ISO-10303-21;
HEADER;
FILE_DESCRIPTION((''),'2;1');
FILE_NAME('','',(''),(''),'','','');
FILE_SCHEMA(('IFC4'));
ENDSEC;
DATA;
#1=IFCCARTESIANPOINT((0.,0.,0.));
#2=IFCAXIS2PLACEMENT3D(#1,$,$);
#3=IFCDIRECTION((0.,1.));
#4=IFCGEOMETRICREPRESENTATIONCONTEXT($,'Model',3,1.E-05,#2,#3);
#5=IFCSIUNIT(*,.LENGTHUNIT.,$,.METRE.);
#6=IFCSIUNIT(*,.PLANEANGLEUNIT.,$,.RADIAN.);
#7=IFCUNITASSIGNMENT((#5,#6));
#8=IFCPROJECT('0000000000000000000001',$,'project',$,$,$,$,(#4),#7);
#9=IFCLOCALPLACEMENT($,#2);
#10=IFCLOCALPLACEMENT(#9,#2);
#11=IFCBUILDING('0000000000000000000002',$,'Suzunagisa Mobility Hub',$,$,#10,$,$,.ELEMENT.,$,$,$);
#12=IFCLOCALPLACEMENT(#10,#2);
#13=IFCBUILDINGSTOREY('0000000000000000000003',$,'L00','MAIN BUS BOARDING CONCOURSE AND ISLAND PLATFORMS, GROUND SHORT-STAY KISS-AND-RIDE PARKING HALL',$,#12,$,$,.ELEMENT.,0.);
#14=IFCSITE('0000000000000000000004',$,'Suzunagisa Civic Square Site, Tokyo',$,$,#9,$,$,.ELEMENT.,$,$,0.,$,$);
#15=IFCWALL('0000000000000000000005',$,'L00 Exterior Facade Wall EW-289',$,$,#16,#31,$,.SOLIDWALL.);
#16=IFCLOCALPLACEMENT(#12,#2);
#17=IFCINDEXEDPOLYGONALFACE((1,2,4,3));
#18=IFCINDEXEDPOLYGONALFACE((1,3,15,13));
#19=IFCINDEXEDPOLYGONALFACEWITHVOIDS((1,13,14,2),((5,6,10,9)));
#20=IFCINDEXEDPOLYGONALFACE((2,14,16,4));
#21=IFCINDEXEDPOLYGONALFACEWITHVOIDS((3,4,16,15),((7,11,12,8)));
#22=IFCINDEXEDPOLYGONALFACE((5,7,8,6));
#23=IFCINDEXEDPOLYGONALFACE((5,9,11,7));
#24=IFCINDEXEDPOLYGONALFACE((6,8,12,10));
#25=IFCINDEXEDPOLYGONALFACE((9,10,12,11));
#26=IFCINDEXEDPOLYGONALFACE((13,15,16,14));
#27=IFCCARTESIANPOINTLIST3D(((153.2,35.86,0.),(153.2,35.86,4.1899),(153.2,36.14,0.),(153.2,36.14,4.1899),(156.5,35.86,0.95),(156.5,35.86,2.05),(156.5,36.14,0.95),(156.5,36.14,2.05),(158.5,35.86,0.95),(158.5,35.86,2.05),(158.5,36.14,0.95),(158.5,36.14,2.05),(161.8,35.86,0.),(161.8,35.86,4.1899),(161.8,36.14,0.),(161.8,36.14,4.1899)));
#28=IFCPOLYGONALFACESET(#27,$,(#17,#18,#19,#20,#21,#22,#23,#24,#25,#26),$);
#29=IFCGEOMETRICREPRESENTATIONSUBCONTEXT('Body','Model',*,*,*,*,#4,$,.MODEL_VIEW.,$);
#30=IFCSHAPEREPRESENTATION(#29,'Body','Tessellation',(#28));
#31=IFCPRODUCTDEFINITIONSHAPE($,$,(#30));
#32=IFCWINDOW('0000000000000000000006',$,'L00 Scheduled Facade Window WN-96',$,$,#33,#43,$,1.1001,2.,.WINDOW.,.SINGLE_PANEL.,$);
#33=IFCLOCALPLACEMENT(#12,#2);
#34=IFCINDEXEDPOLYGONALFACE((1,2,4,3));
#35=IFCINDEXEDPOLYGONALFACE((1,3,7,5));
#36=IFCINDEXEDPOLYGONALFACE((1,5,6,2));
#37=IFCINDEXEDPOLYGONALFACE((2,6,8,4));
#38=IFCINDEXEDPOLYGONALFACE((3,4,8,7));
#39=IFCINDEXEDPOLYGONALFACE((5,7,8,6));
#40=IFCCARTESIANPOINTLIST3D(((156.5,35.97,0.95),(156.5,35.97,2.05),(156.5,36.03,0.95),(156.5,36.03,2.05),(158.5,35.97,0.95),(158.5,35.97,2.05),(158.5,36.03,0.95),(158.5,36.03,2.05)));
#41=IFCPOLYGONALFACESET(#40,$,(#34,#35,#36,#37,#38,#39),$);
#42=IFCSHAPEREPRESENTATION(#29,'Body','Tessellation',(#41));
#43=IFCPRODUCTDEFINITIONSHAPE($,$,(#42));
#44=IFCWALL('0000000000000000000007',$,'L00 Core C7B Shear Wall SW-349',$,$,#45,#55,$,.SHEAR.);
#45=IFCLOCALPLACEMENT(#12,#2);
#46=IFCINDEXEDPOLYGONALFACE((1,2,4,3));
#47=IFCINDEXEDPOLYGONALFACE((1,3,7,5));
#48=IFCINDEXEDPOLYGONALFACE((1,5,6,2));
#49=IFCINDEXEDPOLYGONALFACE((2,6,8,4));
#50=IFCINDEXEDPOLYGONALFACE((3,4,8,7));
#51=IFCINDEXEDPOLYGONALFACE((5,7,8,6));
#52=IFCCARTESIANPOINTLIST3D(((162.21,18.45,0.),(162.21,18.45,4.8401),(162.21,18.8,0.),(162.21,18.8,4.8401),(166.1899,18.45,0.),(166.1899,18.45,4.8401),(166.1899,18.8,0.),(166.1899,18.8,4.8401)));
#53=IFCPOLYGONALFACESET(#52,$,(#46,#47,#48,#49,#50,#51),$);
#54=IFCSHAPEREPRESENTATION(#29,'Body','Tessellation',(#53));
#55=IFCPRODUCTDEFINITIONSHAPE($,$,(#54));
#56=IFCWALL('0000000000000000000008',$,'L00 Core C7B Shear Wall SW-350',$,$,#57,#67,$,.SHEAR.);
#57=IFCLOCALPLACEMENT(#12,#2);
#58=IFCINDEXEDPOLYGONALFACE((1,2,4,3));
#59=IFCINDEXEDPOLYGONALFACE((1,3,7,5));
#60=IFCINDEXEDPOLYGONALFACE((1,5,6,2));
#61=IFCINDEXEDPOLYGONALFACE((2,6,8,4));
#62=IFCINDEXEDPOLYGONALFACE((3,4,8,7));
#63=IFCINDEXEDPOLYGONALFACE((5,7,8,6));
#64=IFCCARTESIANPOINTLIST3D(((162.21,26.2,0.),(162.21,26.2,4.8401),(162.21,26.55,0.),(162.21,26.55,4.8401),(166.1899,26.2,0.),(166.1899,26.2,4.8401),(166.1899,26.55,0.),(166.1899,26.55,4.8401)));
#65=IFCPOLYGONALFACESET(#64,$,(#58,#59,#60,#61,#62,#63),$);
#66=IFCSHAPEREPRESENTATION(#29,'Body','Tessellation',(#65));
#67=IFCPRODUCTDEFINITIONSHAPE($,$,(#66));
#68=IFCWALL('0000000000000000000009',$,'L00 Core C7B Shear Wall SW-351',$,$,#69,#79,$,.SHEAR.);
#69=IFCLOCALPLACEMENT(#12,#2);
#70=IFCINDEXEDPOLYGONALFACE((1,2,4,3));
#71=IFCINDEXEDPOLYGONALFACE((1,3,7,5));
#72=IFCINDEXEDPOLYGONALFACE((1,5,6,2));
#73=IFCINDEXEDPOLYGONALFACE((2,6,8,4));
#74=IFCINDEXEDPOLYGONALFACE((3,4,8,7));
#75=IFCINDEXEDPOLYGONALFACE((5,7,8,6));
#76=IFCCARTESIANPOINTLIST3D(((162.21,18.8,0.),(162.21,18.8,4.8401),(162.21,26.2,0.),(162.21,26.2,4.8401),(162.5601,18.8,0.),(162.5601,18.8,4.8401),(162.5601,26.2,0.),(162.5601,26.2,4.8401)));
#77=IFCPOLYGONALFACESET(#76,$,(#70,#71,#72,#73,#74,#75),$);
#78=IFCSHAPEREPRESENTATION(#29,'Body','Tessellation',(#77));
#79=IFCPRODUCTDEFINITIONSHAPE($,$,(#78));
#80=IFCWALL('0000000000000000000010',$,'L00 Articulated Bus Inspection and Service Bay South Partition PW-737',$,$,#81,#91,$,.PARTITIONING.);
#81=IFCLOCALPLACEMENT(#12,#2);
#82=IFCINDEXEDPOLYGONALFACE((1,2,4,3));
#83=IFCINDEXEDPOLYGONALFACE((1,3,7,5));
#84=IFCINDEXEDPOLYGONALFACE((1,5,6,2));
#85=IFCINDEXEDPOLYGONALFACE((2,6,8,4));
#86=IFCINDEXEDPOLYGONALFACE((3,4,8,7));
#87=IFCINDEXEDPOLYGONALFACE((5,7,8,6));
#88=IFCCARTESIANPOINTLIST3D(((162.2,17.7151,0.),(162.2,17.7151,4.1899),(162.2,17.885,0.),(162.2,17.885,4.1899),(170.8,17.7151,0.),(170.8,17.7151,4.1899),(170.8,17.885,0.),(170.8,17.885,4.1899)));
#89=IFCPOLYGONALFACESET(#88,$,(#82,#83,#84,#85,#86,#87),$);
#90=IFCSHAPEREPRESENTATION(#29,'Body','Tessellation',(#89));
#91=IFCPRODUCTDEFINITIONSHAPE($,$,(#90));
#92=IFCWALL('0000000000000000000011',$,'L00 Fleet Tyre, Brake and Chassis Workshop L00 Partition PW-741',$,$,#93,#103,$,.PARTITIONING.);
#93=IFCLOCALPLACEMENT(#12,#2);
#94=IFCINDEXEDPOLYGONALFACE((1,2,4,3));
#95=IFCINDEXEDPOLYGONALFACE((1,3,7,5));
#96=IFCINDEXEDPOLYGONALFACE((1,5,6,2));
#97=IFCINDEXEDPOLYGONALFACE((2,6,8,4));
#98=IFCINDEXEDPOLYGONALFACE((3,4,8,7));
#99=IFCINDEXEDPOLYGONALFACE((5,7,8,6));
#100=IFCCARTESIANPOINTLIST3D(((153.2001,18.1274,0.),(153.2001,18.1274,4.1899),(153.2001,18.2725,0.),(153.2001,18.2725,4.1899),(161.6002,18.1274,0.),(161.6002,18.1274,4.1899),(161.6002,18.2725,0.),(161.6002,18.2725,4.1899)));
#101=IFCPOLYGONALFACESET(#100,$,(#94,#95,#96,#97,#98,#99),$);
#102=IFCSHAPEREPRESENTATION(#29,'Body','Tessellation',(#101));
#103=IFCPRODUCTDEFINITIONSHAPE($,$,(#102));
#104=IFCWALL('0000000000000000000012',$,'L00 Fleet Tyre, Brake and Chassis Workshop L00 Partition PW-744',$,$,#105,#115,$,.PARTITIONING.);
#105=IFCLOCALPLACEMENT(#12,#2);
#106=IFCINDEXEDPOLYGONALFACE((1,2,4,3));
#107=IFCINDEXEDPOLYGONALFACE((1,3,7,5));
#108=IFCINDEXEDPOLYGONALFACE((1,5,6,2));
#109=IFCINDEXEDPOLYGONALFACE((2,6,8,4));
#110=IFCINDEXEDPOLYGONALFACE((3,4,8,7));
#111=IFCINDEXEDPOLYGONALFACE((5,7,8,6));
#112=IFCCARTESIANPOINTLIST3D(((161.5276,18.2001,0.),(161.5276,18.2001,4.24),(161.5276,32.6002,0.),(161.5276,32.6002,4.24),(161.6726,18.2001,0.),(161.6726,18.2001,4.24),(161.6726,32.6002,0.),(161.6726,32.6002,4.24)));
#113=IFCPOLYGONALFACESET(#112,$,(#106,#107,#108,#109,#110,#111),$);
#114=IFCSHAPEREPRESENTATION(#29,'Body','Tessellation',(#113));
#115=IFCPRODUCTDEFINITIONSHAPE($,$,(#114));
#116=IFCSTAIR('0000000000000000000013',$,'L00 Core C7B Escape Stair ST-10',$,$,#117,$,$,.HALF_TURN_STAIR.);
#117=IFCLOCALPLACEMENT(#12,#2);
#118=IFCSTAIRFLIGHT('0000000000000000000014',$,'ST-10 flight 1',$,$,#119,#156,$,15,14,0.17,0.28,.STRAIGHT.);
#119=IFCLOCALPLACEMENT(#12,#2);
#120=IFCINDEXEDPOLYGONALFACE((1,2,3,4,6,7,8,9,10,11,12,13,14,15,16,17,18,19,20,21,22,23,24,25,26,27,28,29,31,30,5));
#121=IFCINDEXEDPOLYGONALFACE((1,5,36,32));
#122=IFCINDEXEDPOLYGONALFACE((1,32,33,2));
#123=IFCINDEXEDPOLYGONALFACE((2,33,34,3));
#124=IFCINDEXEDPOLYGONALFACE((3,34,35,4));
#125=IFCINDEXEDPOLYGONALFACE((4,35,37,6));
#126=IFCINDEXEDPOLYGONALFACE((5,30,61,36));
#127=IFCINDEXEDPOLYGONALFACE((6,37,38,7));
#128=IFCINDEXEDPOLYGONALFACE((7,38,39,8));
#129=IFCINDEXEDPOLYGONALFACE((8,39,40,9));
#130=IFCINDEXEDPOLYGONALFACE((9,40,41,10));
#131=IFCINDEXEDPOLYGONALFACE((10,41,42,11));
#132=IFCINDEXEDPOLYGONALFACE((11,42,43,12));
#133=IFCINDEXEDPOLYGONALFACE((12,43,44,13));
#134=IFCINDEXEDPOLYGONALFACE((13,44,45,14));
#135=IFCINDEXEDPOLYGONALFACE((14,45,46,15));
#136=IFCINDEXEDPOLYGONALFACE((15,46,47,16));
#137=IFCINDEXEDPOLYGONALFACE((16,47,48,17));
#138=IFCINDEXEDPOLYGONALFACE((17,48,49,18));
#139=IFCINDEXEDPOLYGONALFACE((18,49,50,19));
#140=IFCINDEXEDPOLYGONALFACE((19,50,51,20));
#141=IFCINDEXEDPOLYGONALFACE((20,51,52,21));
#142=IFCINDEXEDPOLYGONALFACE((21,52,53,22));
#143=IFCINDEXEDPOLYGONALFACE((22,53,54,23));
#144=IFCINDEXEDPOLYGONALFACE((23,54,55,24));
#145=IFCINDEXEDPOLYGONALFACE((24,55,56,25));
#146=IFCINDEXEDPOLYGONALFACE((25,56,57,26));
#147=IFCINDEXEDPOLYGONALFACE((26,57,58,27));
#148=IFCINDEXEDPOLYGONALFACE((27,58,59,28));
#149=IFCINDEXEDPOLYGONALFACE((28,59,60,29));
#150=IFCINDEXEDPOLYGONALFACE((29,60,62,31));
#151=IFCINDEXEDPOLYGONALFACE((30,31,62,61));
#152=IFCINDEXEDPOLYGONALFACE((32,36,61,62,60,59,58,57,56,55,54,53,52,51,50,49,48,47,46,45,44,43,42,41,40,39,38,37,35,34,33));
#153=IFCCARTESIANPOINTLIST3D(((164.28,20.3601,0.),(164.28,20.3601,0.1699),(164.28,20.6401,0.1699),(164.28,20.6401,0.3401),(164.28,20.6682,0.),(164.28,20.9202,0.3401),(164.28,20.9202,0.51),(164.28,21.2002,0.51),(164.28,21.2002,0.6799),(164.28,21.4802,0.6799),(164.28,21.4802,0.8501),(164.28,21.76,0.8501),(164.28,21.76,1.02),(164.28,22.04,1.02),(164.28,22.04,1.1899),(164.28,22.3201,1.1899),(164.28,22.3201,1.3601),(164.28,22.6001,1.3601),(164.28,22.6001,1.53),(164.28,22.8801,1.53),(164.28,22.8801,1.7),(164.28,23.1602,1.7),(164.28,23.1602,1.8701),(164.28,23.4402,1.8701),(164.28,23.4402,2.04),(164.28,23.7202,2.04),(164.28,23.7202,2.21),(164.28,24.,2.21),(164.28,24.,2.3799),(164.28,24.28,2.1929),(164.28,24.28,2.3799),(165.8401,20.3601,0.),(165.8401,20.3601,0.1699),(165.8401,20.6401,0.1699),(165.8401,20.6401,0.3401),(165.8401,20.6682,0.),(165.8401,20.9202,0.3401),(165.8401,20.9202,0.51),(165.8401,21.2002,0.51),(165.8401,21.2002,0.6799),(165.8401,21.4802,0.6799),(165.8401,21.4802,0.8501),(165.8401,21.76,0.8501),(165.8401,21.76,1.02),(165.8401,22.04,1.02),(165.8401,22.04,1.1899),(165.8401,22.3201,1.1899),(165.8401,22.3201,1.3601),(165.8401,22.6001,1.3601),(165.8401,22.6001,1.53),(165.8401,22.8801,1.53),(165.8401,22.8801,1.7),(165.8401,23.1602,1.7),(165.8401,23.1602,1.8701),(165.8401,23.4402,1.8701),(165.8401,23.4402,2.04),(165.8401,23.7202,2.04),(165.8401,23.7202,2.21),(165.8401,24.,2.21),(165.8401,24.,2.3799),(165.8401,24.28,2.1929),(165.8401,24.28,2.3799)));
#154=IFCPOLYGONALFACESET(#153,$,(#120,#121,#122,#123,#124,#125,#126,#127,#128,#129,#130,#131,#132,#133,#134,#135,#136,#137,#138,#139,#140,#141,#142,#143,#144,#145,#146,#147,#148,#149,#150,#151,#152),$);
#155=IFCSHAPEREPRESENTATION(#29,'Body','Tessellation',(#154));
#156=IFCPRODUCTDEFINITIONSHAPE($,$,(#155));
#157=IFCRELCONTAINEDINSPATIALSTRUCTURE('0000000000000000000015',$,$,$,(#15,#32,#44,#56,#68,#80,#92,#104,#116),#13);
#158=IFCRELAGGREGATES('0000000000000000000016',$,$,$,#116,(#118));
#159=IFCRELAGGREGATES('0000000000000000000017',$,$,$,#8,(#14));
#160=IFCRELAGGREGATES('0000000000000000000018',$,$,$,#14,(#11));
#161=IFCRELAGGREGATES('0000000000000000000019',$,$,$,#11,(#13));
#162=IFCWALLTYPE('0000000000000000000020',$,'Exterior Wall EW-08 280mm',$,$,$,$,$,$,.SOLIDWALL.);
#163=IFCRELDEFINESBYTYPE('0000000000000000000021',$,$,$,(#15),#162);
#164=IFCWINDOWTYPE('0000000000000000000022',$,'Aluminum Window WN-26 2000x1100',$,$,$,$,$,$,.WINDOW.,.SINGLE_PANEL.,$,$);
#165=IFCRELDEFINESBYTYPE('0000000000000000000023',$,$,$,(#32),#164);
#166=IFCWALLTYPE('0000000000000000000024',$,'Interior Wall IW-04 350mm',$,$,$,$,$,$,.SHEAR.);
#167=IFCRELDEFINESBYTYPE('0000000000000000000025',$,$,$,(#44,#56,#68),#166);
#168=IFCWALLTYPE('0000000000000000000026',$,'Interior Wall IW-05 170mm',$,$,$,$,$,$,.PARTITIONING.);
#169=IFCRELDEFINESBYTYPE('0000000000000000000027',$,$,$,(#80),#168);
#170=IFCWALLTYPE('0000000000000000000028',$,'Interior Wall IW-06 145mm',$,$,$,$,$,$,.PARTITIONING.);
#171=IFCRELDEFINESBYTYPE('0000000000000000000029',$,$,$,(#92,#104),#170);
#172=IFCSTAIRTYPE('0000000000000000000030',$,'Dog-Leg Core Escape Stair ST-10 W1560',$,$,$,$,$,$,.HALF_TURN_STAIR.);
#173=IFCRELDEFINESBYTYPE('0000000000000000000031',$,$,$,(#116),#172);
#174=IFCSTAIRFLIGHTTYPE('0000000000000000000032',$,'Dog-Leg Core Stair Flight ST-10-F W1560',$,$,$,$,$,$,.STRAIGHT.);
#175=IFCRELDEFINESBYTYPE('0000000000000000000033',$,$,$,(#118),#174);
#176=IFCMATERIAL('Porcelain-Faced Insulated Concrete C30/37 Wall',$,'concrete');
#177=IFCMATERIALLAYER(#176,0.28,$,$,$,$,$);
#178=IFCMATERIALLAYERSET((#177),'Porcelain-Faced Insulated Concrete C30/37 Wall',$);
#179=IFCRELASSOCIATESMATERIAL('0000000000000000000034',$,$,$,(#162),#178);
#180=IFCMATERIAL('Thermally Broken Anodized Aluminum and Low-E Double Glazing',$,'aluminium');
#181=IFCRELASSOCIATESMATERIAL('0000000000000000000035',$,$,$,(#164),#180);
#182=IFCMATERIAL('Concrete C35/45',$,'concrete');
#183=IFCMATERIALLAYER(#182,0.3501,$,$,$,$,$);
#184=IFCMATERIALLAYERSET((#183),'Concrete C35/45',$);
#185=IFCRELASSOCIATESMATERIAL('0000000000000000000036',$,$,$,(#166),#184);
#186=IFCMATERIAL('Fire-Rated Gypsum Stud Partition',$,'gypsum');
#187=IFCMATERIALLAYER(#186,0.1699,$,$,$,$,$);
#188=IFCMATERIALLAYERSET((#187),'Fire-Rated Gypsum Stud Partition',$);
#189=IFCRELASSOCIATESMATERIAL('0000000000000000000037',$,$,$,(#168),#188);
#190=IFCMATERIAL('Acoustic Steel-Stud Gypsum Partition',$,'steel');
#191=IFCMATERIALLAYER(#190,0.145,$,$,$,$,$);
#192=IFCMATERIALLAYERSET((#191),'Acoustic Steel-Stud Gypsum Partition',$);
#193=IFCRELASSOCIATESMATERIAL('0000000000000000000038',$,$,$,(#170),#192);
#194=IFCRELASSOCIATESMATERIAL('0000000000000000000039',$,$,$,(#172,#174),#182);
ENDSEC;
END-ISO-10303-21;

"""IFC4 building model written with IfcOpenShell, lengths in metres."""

from ifc_helpers import new_model, si_unit, direction, frame, frame_2d, origin, place, context, subcontext, project, spatial, polyline, rectangle, outline, extrude, material, layer, layer_set, type_object, element, fill, aggregate, save


model = new_model("IFC4")

# Units and contexts
model_context = context("Model", 3, precision=1e-05, world=origin(), true_north=direction((0.0, 1.0)))
body_context = subcontext(model_context, "Body", "Model", "MODEL_VIEW")
ifc_project = project(units=[si_unit("LENGTHUNIT", "METRE"), si_unit("PLANEANGLEUNIT", "RADIAN")], contexts=[model_context])

# Site, building, storey
site_placement = place(None, origin())
site = spatial("IfcSite", under=ifc_project, at=site_placement, Name="Suzunagisa Civic Square Site, Tokyo", CompositionType="ELEMENT", RefElevation=0.0)
building_placement = place(site_placement, origin())
building = spatial("IfcBuilding", under=site, at=building_placement, Name="Suzunagisa Mobility Hub", CompositionType="ELEMENT")
storey_placement = place(building_placement, origin())
storey = spatial("IfcBuildingStorey", under=building, at=storey_placement, Name="L00", Description="MAIN BUS BOARDING CONCOURSE AND ISLAND PLATFORMS, GROUND SHORT-STAY KISS-AND-RIDE PARKING HALL", CompositionType="ELEMENT", Elevation=0.0)

# Wall, opening, window
ifc_material_1 = material(Name="Porcelain-Faced Insulated Concrete C30/37 Wall", Category="concrete")
ifc_layer_1 = layer(ifc_material_1, 0.28)
ifc_layer_set_1 = layer_set([ifc_layer_1], Name="Porcelain-Faced Insulated Concrete C30/37 Wall")
wall_type_1 = type_object("IfcWallType", Name="Exterior Wall EW-08 280mm", PredefinedType="SOLIDWALL", material=ifc_layer_set_1)
wall_1_placement = place(storey_placement, frame((161.8, 36.0, 0.0), z_axis=(0.0, 0.0, 1.0), x_axis=(-1.0, 0.0, 0.0)))
wall_1 = element("IfcWall", 1, at=wall_1_placement, inside=storey, type_object=wall_type_1, Name="L00 Exterior Facade Wall EW-289", PredefinedType="SOLIDWALL", context=body_context, shape_type="SweptSolid", body=[
    extrude(rectangle(XDim=8.6001, YDim=0.28, at=frame_2d((4.3, 0.0))), origin(), (0.0, 0.0, 1.0), 4.1899),
])
opening_1_placement = place(wall_1_placement, frame((3.3, 0.0, 0.95)))
opening_1 = element("IfcOpeningElement", 2, at=opening_1_placement, cuts=wall_1, PredefinedType="OPENING", context=body_context, shape_type="SweptSolid", body=[
    extrude(rectangle(XDim=2.0, YDim=1.1001, at=frame_2d((1.0, 0.55))), frame((0.0, 0.1509, 0.0), z_axis=(0.0, -1.0, 0.0), x_axis=(1.0, 0.0, 0.0)), (0.0, 0.0, 1.0), 0.302),
])
ifc_material_2 = material(Name="Thermally Broken Anodized Aluminum and Low-E Double Glazing", Category="aluminium")
window_type = type_object("IfcWindowType", Name="Aluminum Window WN-26 2000x1100", PartitioningType="SINGLE_PANEL", PredefinedType="WINDOW", material=ifc_material_2)
window_placement = place(opening_1_placement, origin())
window = element("IfcWindow", 3, at=window_placement, inside=storey, type_object=window_type, Name="L00 Scheduled Facade Window WN-96", OverallHeight=1.1001, OverallWidth=2.0, PartitioningType="SINGLE_PANEL", PredefinedType="WINDOW", context=body_context, shape_type="SweptSolid", body=[
    extrude(rectangle(XDim=2.0, YDim=1.1001, at=frame_2d((1.0, 0.55))), frame((0.0, 0.03, 0.0), z_axis=(0.0, -1.0, 0.0), x_axis=(1.0, 0.0, 0.0)), (0.0, 0.0, 1.0), 0.0601),
])
fill(opening_1, window)

# Walls
ifc_material_3 = material(Name="Concrete C35/45", Category="concrete")
ifc_layer_2 = layer(ifc_material_3, 0.3501)
ifc_layer_set_2 = layer_set([ifc_layer_2], Name="Concrete C35/45")
wall_type_2 = type_object("IfcWallType", Name="Interior Wall IW-04 350mm", PredefinedType="SHEAR", material=ifc_layer_set_2)
for number, where, z_axis, x_axis, name in (
    (4, (162.21, 18.625, 0.0), (0.0, 0.0, 1.0), (1.0, 0.0, 0.0), "L00 Core C7B Shear Wall SW-349"),
    (5, (162.21, 26.375, 0.0), (0.0, 0.0, 1.0), (1.0, 0.0, 0.0), "L00 Core C7B Shear Wall SW-350"),
):
    element("IfcWall", number, at=place(storey_placement, frame(where, z_axis=z_axis, x_axis=x_axis)), inside=storey, type_object=wall_type_2, Name=name, PredefinedType="SHEAR", context=body_context, shape_type="SweptSolid", body=[
        extrude(rectangle(XDim=3.98, YDim=0.3501, at=frame_2d((1.99, 0.0))), origin(), (0.0, 0.0, 1.0), 4.8401),
    ])
wall_2_placement = place(storey_placement, frame((162.385, 18.8, 0.0), z_axis=(0.0, 0.0, 1.0), x_axis=(0.0, 1.0, 0.0)))
element("IfcWall", 6, at=wall_2_placement, inside=storey, type_object=wall_type_2, Name="L00 Core C7B Shear Wall SW-351", PredefinedType="SHEAR", context=body_context, shape_type="SweptSolid", body=[
    extrude(rectangle(XDim=7.3999, YDim=0.3501, at=frame_2d((3.7, 0.0))), origin(), (0.0, 0.0, 1.0), 4.8401),
])

# Walls
ifc_material_4 = material(Name="Fire-Rated Gypsum Stud Partition", Category="gypsum")
ifc_layer_3 = layer(ifc_material_4, 0.1699)
ifc_layer_set_3 = layer_set([ifc_layer_3], Name="Fire-Rated Gypsum Stud Partition")
wall_type_3 = type_object("IfcWallType", Name="Interior Wall IW-05 170mm", PredefinedType="PARTITIONING", material=ifc_layer_set_3)
wall_3_placement = place(storey_placement, frame((162.2, 17.8, 0.0), z_axis=(0.0, 0.0, 1.0), x_axis=(1.0, 0.0, 0.0)))
element("IfcWall", 7, at=wall_3_placement, inside=storey, type_object=wall_type_3, Name="L00 Articulated Bus Inspection and Service Bay South Partition PW-737", PredefinedType="PARTITIONING", context=body_context, shape_type="SweptSolid", body=[
    extrude(rectangle(XDim=8.6001, YDim=0.1699, at=frame_2d((4.3, 0.0))), origin(), (0.0, 0.0, 1.0), 4.1899),
])
ifc_material_5 = material(Name="Acoustic Steel-Stud Gypsum Partition", Category="steel")
ifc_layer_4 = layer(ifc_material_5, 0.145)
ifc_layer_set_4 = layer_set([ifc_layer_4], Name="Acoustic Steel-Stud Gypsum Partition")
wall_type_4 = type_object("IfcWallType", Name="Interior Wall IW-06 145mm", PredefinedType="PARTITIONING", material=ifc_layer_set_4)
wall_4_placement = place(storey_placement, frame((153.2, 18.2, 0.0), z_axis=(0.0, 0.0, 1.0), x_axis=(1.0, 0.0, 0.0)))
element("IfcWall", 8, at=wall_4_placement, inside=storey, type_object=wall_type_4, Name="L00 Fleet Tyre, Brake and Chassis Workshop L00 Partition PW-741", PredefinedType="PARTITIONING", context=body_context, shape_type="SweptSolid", body=[
    extrude(rectangle(XDim=8.4001, YDim=0.145, at=frame_2d((4.2002, 0.0))), origin(), (0.0, 0.0, 1.0), 4.1899),
])
wall_5_placement = place(storey_placement, frame((161.6001, 18.2, 0.0), z_axis=(0.0, 0.0, 1.0), x_axis=(0.0, 1.0, 0.0)))
element("IfcWall", 9, at=wall_5_placement, inside=storey, type_object=wall_type_4, Name="L00 Fleet Tyre, Brake and Chassis Workshop L00 Partition PW-744", PredefinedType="PARTITIONING", context=body_context, shape_type="SweptSolid", body=[
    extrude(rectangle(XDim=14.4001, YDim=0.145, at=frame_2d((7.2002, 0.0))), origin(), (0.0, 0.0, 1.0), 4.24),
])

# Stair, stair flight
stair_type = type_object("IfcStairType", Name="Dog-Leg Core Escape Stair ST-10 W1560", PredefinedType="HALF_TURN_STAIR", material=ifc_material_3)
stair_placement = place(storey_placement, origin())
stair = element("IfcStair", 10, at=stair_placement, inside=storey, type_object=stair_type, Name="L00 Core C7B Escape Stair ST-10", PredefinedType="HALF_TURN_STAIR")
stair_flight_type = type_object("IfcStairFlightType", Name="Dog-Leg Core Stair Flight ST-10-F W1560", PredefinedType="STRAIGHT", material=ifc_material_3)
stair_flight_1_placement = place(storey_placement, frame((165.0601, 20.3601, 0.0), z_axis=(0.0, 0.0, 1.0), x_axis=(0.0, 1.0, 0.0)))
stair_flight_1 = element("IfcStairFlight", 11, at=stair_flight_1_placement, type_object=stair_flight_type, Name="ST-10 flight 1", NumberOfRisers=15, NumberOfTreads=14, PredefinedType="STRAIGHT", RiserHeight=0.17, TreadLength=0.28, context=body_context, shape_type="SweptSolid", body=[
    extrude(outline(polyline([(0.0, 0.0), (0.0, 0.1699), (0.28, 0.1699), (0.28, 0.3401), (0.5601, 0.3401), (0.5601, 0.51), (0.8401, 0.51), (0.8401, 0.6799), (1.1201, 0.6799), (1.1201, 0.8501), (1.3999, 0.8501), (1.3999, 1.02), (1.6799, 1.02), (1.6799, 1.1899), (1.96, 1.1899), (1.96, 1.3601), (2.24, 1.3601), (2.24, 1.53), (2.52, 1.53), (2.52, 1.7), (2.8, 1.7), (2.8, 1.8701), (3.0801, 1.8701), (3.0801, 2.04), (3.3601, 2.04), (3.3601, 2.21), (3.6399, 2.21), (3.6399, 2.3799), (3.9199, 2.3799), (3.9199, 2.55), (3.9199, 2.1929), (0.3081, 0.0), (0.0, 0.0)])), frame((0.0, 0.78, 0.0), z_axis=(0.0, -1.0, 0.0), x_axis=(1.0, 0.0, 0.0)), (0.0, 0.0, 1.0), 1.5601),
])
aggregate(stair, [stair_flight_1])

save(model, "model.ifc")
